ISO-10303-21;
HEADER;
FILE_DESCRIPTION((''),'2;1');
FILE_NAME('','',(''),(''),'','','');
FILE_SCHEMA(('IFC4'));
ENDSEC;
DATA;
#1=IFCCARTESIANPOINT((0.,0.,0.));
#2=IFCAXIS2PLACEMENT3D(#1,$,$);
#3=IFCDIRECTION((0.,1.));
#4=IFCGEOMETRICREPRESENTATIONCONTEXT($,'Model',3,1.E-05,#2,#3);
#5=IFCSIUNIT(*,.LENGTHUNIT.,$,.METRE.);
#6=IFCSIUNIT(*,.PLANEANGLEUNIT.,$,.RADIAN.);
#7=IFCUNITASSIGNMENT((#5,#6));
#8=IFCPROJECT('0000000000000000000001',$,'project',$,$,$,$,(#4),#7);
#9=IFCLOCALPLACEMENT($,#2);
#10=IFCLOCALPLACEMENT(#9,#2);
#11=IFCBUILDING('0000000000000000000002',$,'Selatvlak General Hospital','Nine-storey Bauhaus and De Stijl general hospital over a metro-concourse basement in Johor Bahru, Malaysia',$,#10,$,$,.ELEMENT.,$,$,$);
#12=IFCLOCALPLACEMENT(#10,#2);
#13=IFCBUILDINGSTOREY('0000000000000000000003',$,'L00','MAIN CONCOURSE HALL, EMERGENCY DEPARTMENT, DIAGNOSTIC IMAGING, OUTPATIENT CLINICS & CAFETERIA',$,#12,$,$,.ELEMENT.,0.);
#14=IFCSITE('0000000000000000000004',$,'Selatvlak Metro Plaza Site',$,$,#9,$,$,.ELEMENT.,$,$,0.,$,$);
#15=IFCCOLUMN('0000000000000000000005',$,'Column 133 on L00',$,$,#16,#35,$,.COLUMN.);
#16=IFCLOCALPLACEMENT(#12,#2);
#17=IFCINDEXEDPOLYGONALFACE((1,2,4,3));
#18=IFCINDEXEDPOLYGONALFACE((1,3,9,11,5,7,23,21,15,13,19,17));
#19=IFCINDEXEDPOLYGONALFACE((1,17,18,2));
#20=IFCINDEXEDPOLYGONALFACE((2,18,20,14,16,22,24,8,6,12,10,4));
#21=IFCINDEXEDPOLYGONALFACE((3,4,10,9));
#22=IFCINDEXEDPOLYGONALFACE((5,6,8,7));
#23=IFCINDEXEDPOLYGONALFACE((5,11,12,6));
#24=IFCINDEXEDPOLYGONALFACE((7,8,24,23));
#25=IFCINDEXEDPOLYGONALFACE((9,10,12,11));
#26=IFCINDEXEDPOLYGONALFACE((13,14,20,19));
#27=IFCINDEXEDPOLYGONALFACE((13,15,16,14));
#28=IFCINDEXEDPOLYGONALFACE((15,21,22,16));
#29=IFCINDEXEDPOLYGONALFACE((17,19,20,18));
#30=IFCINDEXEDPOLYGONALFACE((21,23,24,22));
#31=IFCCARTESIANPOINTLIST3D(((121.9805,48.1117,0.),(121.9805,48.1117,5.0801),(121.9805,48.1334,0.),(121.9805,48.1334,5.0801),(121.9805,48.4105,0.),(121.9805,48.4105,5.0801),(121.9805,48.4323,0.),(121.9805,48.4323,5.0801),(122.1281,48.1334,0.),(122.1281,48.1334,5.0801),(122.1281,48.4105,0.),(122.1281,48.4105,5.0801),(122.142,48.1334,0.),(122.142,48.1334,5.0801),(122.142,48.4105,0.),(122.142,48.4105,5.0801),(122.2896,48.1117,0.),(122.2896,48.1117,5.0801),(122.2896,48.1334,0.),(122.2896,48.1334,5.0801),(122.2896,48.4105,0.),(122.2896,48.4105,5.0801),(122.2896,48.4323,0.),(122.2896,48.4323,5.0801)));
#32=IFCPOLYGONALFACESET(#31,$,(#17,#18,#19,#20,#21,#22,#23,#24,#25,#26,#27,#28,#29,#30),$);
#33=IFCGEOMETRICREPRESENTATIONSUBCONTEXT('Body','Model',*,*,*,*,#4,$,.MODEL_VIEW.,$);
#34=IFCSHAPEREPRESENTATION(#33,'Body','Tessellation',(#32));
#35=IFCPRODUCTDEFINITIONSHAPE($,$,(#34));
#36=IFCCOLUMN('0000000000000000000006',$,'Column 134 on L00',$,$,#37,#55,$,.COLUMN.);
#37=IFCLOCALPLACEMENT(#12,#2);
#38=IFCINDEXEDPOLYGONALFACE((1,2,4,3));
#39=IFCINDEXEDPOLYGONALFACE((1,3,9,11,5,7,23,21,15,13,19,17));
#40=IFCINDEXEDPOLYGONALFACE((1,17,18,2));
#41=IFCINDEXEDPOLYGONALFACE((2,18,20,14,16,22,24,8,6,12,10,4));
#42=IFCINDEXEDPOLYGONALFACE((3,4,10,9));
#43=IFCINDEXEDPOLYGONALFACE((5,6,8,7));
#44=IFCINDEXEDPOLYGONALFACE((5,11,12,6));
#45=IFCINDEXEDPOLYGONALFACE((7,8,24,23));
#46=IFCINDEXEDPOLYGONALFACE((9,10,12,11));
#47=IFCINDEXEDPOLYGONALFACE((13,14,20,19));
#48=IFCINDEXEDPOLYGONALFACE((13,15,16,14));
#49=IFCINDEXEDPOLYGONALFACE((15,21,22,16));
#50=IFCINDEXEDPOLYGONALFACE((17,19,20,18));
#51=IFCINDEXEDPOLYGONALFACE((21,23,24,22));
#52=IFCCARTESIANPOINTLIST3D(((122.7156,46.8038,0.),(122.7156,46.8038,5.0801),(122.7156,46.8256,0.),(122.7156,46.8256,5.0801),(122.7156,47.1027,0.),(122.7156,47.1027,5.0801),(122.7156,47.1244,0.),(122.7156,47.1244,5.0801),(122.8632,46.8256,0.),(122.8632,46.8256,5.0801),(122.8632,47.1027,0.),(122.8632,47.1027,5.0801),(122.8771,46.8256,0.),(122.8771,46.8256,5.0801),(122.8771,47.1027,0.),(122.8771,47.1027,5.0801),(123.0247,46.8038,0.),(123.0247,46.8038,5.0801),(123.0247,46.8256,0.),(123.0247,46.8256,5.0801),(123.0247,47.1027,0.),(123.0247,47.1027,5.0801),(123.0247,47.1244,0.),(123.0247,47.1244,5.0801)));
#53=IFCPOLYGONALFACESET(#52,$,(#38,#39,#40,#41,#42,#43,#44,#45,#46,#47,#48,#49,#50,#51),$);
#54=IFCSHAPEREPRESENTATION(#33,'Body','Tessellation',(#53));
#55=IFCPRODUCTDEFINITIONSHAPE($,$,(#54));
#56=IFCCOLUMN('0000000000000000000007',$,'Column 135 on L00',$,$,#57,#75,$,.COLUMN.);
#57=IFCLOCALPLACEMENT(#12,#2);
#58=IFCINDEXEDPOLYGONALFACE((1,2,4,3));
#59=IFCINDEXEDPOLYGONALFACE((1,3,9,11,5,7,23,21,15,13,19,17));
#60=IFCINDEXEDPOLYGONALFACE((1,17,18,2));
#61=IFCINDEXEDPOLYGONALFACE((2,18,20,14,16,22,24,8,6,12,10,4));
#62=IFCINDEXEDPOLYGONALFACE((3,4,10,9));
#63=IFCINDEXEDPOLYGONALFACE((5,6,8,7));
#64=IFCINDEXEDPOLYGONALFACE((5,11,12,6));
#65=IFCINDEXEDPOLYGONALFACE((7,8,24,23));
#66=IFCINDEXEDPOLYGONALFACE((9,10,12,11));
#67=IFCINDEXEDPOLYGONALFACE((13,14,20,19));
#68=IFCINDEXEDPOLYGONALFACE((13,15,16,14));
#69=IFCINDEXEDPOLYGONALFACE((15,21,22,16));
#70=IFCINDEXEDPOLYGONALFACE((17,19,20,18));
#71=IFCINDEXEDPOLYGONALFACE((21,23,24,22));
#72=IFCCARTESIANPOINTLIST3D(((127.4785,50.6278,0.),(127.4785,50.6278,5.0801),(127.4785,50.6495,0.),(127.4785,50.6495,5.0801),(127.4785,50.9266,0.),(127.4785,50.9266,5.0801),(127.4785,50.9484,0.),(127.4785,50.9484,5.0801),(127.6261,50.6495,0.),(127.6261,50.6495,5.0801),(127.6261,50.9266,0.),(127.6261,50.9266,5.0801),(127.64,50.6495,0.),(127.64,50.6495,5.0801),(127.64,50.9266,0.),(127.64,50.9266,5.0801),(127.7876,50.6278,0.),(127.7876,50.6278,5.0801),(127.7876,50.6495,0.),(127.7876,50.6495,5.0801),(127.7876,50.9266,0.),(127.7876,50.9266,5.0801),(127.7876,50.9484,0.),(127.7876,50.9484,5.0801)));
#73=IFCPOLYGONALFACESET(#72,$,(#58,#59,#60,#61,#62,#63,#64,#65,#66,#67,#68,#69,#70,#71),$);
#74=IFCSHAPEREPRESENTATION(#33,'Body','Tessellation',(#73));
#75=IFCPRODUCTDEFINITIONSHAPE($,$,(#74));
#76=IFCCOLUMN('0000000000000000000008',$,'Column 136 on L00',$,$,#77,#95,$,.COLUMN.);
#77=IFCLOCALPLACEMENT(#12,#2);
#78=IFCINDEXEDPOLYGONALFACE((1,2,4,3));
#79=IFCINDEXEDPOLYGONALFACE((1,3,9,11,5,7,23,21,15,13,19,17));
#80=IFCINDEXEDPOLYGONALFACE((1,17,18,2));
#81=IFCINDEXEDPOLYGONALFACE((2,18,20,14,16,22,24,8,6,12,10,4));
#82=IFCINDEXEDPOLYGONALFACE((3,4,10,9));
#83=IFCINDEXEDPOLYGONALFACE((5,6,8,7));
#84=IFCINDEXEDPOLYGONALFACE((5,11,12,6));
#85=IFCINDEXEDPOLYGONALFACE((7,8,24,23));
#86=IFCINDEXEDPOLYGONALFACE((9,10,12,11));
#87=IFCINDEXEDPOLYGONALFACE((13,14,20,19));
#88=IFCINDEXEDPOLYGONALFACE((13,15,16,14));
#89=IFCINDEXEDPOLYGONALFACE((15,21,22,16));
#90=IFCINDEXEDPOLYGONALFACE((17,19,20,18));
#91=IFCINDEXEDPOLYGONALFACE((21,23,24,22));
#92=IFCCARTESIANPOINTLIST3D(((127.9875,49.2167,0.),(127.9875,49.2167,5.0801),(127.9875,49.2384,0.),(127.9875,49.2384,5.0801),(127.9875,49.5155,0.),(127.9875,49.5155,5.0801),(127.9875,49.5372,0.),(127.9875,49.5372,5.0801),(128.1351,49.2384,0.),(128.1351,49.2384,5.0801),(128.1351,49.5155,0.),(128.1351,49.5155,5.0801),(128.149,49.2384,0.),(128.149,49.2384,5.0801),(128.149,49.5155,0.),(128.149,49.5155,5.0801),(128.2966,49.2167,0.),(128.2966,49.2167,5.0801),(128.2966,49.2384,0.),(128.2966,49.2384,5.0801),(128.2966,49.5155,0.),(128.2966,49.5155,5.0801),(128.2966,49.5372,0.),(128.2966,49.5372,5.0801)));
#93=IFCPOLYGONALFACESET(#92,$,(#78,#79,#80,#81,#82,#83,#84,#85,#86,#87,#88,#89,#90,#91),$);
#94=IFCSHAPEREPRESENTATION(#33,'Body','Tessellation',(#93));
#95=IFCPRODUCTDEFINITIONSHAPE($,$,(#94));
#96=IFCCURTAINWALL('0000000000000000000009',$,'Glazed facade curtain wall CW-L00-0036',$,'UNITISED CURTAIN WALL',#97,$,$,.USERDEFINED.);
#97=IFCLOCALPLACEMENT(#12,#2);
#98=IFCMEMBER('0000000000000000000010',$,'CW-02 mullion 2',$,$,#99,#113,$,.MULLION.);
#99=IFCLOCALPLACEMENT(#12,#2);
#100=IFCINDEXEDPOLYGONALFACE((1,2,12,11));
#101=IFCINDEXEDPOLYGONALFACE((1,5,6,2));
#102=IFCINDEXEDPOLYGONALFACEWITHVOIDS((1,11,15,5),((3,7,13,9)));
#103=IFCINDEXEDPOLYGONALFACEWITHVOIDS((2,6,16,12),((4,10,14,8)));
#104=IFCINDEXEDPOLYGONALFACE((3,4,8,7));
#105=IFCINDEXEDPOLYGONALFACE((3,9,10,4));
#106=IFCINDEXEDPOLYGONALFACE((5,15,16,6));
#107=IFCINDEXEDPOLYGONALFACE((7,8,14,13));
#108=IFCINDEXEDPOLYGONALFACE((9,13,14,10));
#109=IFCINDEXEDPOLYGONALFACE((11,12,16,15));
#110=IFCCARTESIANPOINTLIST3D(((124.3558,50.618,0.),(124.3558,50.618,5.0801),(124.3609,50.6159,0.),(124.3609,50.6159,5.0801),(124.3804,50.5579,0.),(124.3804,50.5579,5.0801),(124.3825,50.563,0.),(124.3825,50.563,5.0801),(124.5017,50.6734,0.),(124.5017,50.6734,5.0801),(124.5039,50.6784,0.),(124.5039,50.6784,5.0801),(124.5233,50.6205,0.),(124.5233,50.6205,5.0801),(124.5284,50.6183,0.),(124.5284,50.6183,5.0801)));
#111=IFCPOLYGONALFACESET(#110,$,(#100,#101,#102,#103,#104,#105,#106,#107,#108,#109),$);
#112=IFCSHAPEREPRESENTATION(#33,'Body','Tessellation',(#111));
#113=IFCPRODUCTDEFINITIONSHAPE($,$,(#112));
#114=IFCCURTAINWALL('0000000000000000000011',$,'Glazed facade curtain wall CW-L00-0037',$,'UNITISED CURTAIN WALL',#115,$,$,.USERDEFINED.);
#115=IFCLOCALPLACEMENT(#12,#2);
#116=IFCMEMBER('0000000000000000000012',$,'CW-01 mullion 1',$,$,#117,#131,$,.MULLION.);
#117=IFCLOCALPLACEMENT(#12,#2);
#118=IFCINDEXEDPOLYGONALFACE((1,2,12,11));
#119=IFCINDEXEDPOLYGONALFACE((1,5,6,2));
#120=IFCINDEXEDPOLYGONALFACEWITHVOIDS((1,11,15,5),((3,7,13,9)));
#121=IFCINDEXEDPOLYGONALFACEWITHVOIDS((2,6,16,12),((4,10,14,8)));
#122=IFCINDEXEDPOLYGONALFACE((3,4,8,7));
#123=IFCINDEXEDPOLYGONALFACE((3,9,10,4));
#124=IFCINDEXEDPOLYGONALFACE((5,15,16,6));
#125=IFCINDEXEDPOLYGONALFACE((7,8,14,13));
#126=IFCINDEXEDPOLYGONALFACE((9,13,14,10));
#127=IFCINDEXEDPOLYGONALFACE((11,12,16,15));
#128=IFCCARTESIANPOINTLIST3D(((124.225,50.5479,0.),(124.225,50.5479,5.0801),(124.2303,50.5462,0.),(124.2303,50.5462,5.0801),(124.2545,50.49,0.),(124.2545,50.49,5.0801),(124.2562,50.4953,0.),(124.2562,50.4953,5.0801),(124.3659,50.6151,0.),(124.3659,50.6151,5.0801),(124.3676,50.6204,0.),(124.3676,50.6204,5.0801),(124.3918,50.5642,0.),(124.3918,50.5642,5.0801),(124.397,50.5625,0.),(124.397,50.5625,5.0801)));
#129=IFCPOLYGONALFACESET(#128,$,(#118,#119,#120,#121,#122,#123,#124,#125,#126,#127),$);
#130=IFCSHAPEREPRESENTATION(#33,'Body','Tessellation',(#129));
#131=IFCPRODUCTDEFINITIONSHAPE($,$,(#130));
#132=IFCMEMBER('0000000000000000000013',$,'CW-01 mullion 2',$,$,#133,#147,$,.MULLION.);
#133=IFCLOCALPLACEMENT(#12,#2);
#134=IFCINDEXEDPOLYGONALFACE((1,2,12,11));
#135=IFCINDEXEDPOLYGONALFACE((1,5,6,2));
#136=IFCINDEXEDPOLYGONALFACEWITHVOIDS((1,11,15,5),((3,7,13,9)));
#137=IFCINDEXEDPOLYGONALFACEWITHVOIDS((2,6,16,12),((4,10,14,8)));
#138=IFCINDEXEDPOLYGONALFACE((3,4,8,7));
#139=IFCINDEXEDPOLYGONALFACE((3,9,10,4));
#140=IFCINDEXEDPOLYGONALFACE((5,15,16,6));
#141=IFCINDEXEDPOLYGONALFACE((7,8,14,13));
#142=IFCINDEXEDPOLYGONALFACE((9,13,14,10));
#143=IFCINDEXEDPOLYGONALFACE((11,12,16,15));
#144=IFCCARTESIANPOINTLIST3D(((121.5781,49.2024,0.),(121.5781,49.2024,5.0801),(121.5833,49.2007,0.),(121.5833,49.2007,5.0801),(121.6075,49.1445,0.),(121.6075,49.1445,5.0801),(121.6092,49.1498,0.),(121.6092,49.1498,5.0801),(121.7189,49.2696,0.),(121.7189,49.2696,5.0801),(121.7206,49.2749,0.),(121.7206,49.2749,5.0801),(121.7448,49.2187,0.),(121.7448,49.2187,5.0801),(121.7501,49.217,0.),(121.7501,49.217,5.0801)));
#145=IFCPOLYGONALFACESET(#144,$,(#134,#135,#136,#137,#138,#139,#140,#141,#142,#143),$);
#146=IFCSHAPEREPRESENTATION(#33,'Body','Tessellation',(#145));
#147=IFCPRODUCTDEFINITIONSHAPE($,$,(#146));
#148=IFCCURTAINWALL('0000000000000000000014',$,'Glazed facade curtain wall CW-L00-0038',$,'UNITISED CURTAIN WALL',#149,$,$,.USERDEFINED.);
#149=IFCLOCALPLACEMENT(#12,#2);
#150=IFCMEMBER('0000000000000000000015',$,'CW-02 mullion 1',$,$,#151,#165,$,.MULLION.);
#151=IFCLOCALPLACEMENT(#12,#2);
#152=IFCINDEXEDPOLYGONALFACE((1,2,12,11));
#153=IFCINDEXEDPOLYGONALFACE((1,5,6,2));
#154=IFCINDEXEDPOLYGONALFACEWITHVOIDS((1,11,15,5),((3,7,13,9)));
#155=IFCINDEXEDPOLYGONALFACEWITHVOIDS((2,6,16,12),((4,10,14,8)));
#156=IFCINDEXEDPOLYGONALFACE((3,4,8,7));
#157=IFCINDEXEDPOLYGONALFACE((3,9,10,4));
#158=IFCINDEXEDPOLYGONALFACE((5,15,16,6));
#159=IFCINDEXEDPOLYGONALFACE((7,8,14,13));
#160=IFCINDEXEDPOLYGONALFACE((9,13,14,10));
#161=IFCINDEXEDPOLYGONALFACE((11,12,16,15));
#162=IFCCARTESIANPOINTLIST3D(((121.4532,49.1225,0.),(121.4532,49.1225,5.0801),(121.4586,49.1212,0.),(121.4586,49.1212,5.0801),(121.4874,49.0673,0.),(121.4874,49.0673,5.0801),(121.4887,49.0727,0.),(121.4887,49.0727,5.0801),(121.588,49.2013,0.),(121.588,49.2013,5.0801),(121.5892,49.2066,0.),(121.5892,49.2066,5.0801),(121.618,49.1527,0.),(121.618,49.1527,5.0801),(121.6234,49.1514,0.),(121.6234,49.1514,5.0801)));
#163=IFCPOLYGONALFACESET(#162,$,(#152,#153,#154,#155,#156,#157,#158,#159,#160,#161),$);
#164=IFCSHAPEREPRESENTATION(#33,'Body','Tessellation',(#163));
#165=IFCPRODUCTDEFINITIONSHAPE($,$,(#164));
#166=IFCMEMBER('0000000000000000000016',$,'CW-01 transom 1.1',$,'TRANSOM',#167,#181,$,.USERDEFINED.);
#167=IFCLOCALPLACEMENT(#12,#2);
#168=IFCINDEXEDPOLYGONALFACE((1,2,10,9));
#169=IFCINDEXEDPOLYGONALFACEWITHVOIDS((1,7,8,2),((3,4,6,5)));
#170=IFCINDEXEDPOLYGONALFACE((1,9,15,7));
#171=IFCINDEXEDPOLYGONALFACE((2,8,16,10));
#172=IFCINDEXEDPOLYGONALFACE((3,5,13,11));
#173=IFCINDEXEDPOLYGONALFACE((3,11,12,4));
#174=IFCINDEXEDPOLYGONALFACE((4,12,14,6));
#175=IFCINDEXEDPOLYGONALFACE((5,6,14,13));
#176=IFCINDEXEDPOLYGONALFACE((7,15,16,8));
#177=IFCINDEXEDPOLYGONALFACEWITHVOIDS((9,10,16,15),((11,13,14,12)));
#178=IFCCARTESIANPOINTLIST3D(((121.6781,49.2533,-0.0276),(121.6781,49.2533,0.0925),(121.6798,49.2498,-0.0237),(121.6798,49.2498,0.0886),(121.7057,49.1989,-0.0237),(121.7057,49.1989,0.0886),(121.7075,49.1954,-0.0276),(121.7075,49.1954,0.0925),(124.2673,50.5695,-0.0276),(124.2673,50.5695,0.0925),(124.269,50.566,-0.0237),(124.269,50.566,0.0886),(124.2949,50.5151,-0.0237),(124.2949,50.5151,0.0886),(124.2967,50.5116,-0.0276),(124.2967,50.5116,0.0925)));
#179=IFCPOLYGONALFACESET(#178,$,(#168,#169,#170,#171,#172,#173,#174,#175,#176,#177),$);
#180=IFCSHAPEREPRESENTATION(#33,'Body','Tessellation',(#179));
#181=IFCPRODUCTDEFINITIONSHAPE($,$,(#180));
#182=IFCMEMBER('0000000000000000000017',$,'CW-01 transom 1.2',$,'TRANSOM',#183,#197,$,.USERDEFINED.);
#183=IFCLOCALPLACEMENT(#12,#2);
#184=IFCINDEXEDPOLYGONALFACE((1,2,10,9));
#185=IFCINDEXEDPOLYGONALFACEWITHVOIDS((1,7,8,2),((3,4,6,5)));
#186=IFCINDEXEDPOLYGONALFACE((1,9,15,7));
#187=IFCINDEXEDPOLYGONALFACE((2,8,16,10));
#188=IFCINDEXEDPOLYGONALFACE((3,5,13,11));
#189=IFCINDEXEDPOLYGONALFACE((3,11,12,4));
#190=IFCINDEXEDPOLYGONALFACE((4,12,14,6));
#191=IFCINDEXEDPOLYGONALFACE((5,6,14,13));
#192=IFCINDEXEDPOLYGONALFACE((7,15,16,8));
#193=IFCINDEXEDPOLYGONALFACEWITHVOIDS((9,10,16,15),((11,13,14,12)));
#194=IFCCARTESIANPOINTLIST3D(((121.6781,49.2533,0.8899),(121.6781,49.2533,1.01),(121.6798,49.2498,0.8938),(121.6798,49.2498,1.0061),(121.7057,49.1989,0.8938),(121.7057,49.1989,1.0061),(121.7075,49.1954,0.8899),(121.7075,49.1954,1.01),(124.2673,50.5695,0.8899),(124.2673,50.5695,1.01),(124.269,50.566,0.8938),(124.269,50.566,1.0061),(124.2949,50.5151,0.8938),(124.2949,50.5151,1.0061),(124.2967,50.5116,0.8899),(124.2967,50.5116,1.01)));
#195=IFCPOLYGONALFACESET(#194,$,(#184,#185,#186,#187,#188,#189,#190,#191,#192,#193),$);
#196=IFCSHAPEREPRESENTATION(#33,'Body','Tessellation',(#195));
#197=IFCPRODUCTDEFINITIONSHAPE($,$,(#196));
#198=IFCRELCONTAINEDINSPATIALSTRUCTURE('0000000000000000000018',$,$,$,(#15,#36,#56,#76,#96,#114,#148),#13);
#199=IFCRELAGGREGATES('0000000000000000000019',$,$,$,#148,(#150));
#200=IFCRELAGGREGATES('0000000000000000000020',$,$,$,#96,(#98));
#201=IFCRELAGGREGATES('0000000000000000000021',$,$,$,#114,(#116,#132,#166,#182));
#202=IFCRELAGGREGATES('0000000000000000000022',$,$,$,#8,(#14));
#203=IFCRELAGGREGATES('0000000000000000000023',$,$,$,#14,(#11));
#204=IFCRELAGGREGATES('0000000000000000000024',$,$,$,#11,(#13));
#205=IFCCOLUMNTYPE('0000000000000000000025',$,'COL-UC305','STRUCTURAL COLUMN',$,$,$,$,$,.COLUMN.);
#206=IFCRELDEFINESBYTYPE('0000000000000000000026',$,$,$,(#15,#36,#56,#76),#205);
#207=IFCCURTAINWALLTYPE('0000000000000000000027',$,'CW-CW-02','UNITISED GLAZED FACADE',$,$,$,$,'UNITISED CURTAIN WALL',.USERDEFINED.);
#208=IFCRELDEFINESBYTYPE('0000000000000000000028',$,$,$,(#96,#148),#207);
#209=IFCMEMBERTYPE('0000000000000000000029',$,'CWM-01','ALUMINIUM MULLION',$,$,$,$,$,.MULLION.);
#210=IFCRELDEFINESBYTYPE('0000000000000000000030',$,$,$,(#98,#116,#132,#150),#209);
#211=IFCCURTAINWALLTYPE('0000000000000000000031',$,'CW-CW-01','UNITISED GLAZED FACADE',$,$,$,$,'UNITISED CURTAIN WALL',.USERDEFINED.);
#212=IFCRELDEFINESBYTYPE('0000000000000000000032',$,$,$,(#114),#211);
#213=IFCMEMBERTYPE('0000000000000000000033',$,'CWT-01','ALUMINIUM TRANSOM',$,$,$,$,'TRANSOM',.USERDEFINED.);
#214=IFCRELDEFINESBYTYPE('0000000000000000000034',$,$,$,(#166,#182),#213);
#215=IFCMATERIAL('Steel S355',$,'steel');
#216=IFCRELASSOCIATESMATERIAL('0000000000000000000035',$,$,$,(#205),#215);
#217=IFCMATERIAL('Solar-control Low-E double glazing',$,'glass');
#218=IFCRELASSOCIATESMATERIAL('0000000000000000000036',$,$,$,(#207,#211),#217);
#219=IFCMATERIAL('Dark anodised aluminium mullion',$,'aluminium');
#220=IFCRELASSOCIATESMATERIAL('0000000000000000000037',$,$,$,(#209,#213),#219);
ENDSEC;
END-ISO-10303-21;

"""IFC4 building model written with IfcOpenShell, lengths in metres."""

from ifc_helpers import new_model, si_unit, direction, frame, origin, origin_2d, place, context, subcontext, project, spatial, hollow_rectangle, i_section, extrude, material, material_profile, profile_set, type_object, element, aggregate, save


model = new_model("IFC4")

# Units and contexts
model_context = context("Model", 3, precision=1e-05, world=origin(), true_north=direction((0.0, 1.0)))
body_context = subcontext(model_context, "Body", "Model", "MODEL_VIEW")
ifc_project = project(units=[si_unit("LENGTHUNIT", "METRE"), si_unit("PLANEANGLEUNIT", "RADIAN")], contexts=[model_context])

# Site, building, storey
site_placement = place(None, origin())
site = spatial("IfcSite", under=ifc_project, at=site_placement, Name="Selatvlak Metro Plaza Site", CompositionType="ELEMENT", RefElevation=0.0)
building_placement = place(site_placement, origin())
building = spatial("IfcBuilding", under=site, at=building_placement, Name="Selatvlak General Hospital", Description="Nine-storey Bauhaus and De Stijl general hospital over a metro-concourse basement in Johor Bahru, Malaysia", CompositionType="ELEMENT")
storey_placement = place(building_placement, origin())
storey = spatial("IfcBuildingStorey", under=building, at=storey_placement, Name="L00", Description="MAIN CONCOURSE HALL, EMERGENCY DEPARTMENT, DIAGNOSTIC IMAGING, OUTPATIENT CLINICS & CAFETERIA", CompositionType="ELEMENT", Elevation=0.0)

# Columns
ifc_material_1 = material(Name="Steel S355", Category="steel")
ifc_material_profile_1 = material_profile(ifc_material_1, i_section(OverallWidth=0.3091, OverallDepth=0.3206, WebThickness=0.0139, FlangeThickness=0.0217, at=origin_2d()), Name="UC 305x305x137")
ifc_profile_set_1 = profile_set([ifc_material_profile_1], Name="Steel S355")
column_type = type_object("IfcColumnType", Name="COL-UC305", Description="STRUCTURAL COLUMN", PredefinedType="COLUMN", material=ifc_profile_set_1)
for number, where, z_axis, x_axis, name in (
    (1, (122.135, 48.272, 0.0), (0.0, 0.0, 1.0), (1.0, 0.0, 0.0), "Column 133 on L00"),
    (2, (122.8701, 46.9641, 0.0), (0.0, 0.0, 1.0), (1.0, 0.0, 0.0), "Column 134 on L00"),
    (3, (127.6331, 50.7881, 0.0), (0.0, 0.0, 1.0), (1.0, 0.0, 0.0), "Column 135 on L00"),
    (4, (128.1421, 49.377, 0.0), (0.0, 0.0, 1.0), (1.0, 0.0, 0.0), "Column 136 on L00"),
):
    element("IfcColumn", number, at=place(storey_placement, frame(where, z_axis=z_axis, x_axis=x_axis)), inside=storey, type_object=column_type, Name=name, PredefinedType="COLUMN", context=body_context, shape_type="SweptSolid", body=[
        extrude(i_section(OverallWidth=0.3091, OverallDepth=0.3206, WebThickness=0.0139, FlangeThickness=0.0217, at=origin_2d()), origin(), (0.0, 0.0, 1.0), 5.0801),
    ])

# Curtain wall, member
ifc_material_2 = material(Name="Solar-control Low-E double glazing", Category="glass")
curtain_wall_type_1 = type_object("IfcCurtainWallType", Name="CW-CW-02", Description="UNITISED GLAZED FACADE", ElementType="UNITISED CURTAIN WALL", PredefinedType="USERDEFINED", material=ifc_material_2)
curtain_wall_1_placement = place(storey_placement, origin())
curtain_wall_1 = element("IfcCurtainWall", 5, at=curtain_wall_1_placement, inside=storey, type_object=curtain_wall_type_1, Name="Glazed facade curtain wall CW-L00-0036", ObjectType="UNITISED CURTAIN WALL", PredefinedType="USERDEFINED")
ifc_material_3 = material(Name="Dark anodised aluminium mullion", Category="aluminium")
ifc_material_profile_2 = material_profile(ifc_material_3, hollow_rectangle(XDim=0.0649, YDim=0.1599, WallThickness=0.0039, at=origin_2d()), Name="AL-MUL 65x160x4")
ifc_profile_set_2 = profile_set([ifc_material_profile_2], Name="Dark anodised aluminium mullion")
member_type_1 = type_object("IfcMemberType", Name="CWM-01", Description="ALUMINIUM MULLION", PredefinedType="MULLION", material=ifc_profile_set_2)
member_1_placement = place(storey_placement, frame((124.4421, 50.6182, 0.0), z_axis=(0.0, 0.0, 1.0), x_axis=(0.377978, -0.925815, 0.0)))
member_1 = element("IfcMember", 6, at=member_1_placement, type_object=member_type_1, Name="CW-02 mullion 2", PredefinedType="MULLION", context=body_context, shape_type="SweptSolid", body=[
    extrude(hollow_rectangle(XDim=0.0649, YDim=0.1599, WallThickness=0.0039, at=origin_2d()), origin(), (0.0, 0.0, 1.0), 5.0801),
])

# Curtain wall, members
curtain_wall_type_2 = type_object("IfcCurtainWallType", Name="CW-CW-01", Description="UNITISED GLAZED FACADE", ElementType="UNITISED CURTAIN WALL", PredefinedType="USERDEFINED", material=ifc_material_2)
curtain_wall_2_placement = place(storey_placement, origin())
curtain_wall_2 = element("IfcCurtainWall", 7, at=curtain_wall_2_placement, inside=storey, type_object=curtain_wall_type_2, Name="Glazed facade curtain wall CW-L00-0037", ObjectType="UNITISED CURTAIN WALL", PredefinedType="USERDEFINED")
member_2_placement = place(storey_placement, frame((124.311, 50.5552, 0.0), z_axis=(0.0, 0.0, 1.0), x_axis=(0.453136, -0.891442, 0.0)))
member_2 = element("IfcMember", 8, at=member_2_placement, type_object=member_type_1, Name="CW-01 mullion 1", PredefinedType="MULLION", context=body_context, shape_type="SweptSolid", body=[
    extrude(hollow_rectangle(XDim=0.0649, YDim=0.1599, WallThickness=0.0039, at=origin_2d()), origin(), (0.0, 0.0, 1.0), 5.0801),
])
member_3_placement = place(storey_placement, frame((121.6641, 49.2097, 0.0), z_axis=(0.0, 0.0, 1.0), x_axis=(0.453136, -0.891442, 0.0)))
member_3 = element("IfcMember", 9, at=member_3_placement, type_object=member_type_1, Name="CW-01 mullion 2", PredefinedType="MULLION", context=body_context, shape_type="SweptSolid", body=[
    extrude(hollow_rectangle(XDim=0.0649, YDim=0.1599, WallThickness=0.0039, at=origin_2d()), origin(), (0.0, 0.0, 1.0), 5.0801),
])

# Curtain wall, member
curtain_wall_3_placement = place(storey_placement, origin())
curtain_wall_3 = element("IfcCurtainWall", 10, at=curtain_wall_3_placement, inside=storey, type_object=curtain_wall_type_1, Name="Glazed facade curtain wall CW-L00-0038", ObjectType="UNITISED CURTAIN WALL", PredefinedType="USERDEFINED")
member_4_placement = place(storey_placement, frame((121.5383, 49.137, 0.0), z_axis=(0.0, 0.0, 1.0), x_axis=(0.526048, -0.850455, 0.0)))
member_4 = element("IfcMember", 11, at=member_4_placement, type_object=member_type_1, Name="CW-02 mullion 1", PredefinedType="MULLION", context=body_context, shape_type="SweptSolid", body=[
    extrude(hollow_rectangle(XDim=0.0649, YDim=0.1599, WallThickness=0.0039, at=origin_2d()), origin(), (0.0, 0.0, 1.0), 5.0801),
])

# Members
ifc_material_profile_3 = material_profile(ifc_material_3, hollow_rectangle(XDim=0.0649, YDim=0.1201, WallThickness=0.0039, at=origin_2d()), Name="AL-TRN 65x120x4")
ifc_profile_set_3 = profile_set([ifc_material_profile_3], Name="Dark anodised aluminium mullion")
member_type_2 = type_object("IfcMemberType", Name="CWT-01", Description="ALUMINIUM TRANSOM", ElementType="TRANSOM", PredefinedType="USERDEFINED", material=ifc_profile_set_3)
member_5_placement = place(storey_placement, frame((124.282, 50.5405, 0.0325), z_axis=(-0.891432, -0.453155, 0.0), x_axis=(0.453155, -0.891432, 0.0)))
member_5 = element("IfcMember", 12, at=member_5_placement, type_object=member_type_2, Name="CW-01 transom 1.1", ObjectType="TRANSOM", PredefinedType="USERDEFINED", context=body_context, shape_type="SweptSolid", body=[
    extrude(hollow_rectangle(XDim=0.0649, YDim=0.1201, WallThickness=0.0039, at=origin_2d()), origin(), (0.0, 0.0, 1.0), 2.9045),
])
member_6_placement = place(storey_placement, frame((124.282, 50.5405, 0.95), z_axis=(-0.891432, -0.453155, 0.0), x_axis=(0.453155, -0.891432, 0.0)))
member_6 = element("IfcMember", 13, at=member_6_placement, type_object=member_type_2, Name="CW-01 transom 1.2", ObjectType="TRANSOM", PredefinedType="USERDEFINED", context=body_context, shape_type="SweptSolid", body=[
    extrude(hollow_rectangle(XDim=0.0649, YDim=0.1201, WallThickness=0.0039, at=origin_2d()), origin(), (0.0, 0.0, 1.0), 2.9045),
])
aggregate(curtain_wall_3, [member_4])

aggregate(curtain_wall_1, [member_1])
aggregate(curtain_wall_2, [member_2, member_3, member_5, member_6])

save(model, "model.ifc")
